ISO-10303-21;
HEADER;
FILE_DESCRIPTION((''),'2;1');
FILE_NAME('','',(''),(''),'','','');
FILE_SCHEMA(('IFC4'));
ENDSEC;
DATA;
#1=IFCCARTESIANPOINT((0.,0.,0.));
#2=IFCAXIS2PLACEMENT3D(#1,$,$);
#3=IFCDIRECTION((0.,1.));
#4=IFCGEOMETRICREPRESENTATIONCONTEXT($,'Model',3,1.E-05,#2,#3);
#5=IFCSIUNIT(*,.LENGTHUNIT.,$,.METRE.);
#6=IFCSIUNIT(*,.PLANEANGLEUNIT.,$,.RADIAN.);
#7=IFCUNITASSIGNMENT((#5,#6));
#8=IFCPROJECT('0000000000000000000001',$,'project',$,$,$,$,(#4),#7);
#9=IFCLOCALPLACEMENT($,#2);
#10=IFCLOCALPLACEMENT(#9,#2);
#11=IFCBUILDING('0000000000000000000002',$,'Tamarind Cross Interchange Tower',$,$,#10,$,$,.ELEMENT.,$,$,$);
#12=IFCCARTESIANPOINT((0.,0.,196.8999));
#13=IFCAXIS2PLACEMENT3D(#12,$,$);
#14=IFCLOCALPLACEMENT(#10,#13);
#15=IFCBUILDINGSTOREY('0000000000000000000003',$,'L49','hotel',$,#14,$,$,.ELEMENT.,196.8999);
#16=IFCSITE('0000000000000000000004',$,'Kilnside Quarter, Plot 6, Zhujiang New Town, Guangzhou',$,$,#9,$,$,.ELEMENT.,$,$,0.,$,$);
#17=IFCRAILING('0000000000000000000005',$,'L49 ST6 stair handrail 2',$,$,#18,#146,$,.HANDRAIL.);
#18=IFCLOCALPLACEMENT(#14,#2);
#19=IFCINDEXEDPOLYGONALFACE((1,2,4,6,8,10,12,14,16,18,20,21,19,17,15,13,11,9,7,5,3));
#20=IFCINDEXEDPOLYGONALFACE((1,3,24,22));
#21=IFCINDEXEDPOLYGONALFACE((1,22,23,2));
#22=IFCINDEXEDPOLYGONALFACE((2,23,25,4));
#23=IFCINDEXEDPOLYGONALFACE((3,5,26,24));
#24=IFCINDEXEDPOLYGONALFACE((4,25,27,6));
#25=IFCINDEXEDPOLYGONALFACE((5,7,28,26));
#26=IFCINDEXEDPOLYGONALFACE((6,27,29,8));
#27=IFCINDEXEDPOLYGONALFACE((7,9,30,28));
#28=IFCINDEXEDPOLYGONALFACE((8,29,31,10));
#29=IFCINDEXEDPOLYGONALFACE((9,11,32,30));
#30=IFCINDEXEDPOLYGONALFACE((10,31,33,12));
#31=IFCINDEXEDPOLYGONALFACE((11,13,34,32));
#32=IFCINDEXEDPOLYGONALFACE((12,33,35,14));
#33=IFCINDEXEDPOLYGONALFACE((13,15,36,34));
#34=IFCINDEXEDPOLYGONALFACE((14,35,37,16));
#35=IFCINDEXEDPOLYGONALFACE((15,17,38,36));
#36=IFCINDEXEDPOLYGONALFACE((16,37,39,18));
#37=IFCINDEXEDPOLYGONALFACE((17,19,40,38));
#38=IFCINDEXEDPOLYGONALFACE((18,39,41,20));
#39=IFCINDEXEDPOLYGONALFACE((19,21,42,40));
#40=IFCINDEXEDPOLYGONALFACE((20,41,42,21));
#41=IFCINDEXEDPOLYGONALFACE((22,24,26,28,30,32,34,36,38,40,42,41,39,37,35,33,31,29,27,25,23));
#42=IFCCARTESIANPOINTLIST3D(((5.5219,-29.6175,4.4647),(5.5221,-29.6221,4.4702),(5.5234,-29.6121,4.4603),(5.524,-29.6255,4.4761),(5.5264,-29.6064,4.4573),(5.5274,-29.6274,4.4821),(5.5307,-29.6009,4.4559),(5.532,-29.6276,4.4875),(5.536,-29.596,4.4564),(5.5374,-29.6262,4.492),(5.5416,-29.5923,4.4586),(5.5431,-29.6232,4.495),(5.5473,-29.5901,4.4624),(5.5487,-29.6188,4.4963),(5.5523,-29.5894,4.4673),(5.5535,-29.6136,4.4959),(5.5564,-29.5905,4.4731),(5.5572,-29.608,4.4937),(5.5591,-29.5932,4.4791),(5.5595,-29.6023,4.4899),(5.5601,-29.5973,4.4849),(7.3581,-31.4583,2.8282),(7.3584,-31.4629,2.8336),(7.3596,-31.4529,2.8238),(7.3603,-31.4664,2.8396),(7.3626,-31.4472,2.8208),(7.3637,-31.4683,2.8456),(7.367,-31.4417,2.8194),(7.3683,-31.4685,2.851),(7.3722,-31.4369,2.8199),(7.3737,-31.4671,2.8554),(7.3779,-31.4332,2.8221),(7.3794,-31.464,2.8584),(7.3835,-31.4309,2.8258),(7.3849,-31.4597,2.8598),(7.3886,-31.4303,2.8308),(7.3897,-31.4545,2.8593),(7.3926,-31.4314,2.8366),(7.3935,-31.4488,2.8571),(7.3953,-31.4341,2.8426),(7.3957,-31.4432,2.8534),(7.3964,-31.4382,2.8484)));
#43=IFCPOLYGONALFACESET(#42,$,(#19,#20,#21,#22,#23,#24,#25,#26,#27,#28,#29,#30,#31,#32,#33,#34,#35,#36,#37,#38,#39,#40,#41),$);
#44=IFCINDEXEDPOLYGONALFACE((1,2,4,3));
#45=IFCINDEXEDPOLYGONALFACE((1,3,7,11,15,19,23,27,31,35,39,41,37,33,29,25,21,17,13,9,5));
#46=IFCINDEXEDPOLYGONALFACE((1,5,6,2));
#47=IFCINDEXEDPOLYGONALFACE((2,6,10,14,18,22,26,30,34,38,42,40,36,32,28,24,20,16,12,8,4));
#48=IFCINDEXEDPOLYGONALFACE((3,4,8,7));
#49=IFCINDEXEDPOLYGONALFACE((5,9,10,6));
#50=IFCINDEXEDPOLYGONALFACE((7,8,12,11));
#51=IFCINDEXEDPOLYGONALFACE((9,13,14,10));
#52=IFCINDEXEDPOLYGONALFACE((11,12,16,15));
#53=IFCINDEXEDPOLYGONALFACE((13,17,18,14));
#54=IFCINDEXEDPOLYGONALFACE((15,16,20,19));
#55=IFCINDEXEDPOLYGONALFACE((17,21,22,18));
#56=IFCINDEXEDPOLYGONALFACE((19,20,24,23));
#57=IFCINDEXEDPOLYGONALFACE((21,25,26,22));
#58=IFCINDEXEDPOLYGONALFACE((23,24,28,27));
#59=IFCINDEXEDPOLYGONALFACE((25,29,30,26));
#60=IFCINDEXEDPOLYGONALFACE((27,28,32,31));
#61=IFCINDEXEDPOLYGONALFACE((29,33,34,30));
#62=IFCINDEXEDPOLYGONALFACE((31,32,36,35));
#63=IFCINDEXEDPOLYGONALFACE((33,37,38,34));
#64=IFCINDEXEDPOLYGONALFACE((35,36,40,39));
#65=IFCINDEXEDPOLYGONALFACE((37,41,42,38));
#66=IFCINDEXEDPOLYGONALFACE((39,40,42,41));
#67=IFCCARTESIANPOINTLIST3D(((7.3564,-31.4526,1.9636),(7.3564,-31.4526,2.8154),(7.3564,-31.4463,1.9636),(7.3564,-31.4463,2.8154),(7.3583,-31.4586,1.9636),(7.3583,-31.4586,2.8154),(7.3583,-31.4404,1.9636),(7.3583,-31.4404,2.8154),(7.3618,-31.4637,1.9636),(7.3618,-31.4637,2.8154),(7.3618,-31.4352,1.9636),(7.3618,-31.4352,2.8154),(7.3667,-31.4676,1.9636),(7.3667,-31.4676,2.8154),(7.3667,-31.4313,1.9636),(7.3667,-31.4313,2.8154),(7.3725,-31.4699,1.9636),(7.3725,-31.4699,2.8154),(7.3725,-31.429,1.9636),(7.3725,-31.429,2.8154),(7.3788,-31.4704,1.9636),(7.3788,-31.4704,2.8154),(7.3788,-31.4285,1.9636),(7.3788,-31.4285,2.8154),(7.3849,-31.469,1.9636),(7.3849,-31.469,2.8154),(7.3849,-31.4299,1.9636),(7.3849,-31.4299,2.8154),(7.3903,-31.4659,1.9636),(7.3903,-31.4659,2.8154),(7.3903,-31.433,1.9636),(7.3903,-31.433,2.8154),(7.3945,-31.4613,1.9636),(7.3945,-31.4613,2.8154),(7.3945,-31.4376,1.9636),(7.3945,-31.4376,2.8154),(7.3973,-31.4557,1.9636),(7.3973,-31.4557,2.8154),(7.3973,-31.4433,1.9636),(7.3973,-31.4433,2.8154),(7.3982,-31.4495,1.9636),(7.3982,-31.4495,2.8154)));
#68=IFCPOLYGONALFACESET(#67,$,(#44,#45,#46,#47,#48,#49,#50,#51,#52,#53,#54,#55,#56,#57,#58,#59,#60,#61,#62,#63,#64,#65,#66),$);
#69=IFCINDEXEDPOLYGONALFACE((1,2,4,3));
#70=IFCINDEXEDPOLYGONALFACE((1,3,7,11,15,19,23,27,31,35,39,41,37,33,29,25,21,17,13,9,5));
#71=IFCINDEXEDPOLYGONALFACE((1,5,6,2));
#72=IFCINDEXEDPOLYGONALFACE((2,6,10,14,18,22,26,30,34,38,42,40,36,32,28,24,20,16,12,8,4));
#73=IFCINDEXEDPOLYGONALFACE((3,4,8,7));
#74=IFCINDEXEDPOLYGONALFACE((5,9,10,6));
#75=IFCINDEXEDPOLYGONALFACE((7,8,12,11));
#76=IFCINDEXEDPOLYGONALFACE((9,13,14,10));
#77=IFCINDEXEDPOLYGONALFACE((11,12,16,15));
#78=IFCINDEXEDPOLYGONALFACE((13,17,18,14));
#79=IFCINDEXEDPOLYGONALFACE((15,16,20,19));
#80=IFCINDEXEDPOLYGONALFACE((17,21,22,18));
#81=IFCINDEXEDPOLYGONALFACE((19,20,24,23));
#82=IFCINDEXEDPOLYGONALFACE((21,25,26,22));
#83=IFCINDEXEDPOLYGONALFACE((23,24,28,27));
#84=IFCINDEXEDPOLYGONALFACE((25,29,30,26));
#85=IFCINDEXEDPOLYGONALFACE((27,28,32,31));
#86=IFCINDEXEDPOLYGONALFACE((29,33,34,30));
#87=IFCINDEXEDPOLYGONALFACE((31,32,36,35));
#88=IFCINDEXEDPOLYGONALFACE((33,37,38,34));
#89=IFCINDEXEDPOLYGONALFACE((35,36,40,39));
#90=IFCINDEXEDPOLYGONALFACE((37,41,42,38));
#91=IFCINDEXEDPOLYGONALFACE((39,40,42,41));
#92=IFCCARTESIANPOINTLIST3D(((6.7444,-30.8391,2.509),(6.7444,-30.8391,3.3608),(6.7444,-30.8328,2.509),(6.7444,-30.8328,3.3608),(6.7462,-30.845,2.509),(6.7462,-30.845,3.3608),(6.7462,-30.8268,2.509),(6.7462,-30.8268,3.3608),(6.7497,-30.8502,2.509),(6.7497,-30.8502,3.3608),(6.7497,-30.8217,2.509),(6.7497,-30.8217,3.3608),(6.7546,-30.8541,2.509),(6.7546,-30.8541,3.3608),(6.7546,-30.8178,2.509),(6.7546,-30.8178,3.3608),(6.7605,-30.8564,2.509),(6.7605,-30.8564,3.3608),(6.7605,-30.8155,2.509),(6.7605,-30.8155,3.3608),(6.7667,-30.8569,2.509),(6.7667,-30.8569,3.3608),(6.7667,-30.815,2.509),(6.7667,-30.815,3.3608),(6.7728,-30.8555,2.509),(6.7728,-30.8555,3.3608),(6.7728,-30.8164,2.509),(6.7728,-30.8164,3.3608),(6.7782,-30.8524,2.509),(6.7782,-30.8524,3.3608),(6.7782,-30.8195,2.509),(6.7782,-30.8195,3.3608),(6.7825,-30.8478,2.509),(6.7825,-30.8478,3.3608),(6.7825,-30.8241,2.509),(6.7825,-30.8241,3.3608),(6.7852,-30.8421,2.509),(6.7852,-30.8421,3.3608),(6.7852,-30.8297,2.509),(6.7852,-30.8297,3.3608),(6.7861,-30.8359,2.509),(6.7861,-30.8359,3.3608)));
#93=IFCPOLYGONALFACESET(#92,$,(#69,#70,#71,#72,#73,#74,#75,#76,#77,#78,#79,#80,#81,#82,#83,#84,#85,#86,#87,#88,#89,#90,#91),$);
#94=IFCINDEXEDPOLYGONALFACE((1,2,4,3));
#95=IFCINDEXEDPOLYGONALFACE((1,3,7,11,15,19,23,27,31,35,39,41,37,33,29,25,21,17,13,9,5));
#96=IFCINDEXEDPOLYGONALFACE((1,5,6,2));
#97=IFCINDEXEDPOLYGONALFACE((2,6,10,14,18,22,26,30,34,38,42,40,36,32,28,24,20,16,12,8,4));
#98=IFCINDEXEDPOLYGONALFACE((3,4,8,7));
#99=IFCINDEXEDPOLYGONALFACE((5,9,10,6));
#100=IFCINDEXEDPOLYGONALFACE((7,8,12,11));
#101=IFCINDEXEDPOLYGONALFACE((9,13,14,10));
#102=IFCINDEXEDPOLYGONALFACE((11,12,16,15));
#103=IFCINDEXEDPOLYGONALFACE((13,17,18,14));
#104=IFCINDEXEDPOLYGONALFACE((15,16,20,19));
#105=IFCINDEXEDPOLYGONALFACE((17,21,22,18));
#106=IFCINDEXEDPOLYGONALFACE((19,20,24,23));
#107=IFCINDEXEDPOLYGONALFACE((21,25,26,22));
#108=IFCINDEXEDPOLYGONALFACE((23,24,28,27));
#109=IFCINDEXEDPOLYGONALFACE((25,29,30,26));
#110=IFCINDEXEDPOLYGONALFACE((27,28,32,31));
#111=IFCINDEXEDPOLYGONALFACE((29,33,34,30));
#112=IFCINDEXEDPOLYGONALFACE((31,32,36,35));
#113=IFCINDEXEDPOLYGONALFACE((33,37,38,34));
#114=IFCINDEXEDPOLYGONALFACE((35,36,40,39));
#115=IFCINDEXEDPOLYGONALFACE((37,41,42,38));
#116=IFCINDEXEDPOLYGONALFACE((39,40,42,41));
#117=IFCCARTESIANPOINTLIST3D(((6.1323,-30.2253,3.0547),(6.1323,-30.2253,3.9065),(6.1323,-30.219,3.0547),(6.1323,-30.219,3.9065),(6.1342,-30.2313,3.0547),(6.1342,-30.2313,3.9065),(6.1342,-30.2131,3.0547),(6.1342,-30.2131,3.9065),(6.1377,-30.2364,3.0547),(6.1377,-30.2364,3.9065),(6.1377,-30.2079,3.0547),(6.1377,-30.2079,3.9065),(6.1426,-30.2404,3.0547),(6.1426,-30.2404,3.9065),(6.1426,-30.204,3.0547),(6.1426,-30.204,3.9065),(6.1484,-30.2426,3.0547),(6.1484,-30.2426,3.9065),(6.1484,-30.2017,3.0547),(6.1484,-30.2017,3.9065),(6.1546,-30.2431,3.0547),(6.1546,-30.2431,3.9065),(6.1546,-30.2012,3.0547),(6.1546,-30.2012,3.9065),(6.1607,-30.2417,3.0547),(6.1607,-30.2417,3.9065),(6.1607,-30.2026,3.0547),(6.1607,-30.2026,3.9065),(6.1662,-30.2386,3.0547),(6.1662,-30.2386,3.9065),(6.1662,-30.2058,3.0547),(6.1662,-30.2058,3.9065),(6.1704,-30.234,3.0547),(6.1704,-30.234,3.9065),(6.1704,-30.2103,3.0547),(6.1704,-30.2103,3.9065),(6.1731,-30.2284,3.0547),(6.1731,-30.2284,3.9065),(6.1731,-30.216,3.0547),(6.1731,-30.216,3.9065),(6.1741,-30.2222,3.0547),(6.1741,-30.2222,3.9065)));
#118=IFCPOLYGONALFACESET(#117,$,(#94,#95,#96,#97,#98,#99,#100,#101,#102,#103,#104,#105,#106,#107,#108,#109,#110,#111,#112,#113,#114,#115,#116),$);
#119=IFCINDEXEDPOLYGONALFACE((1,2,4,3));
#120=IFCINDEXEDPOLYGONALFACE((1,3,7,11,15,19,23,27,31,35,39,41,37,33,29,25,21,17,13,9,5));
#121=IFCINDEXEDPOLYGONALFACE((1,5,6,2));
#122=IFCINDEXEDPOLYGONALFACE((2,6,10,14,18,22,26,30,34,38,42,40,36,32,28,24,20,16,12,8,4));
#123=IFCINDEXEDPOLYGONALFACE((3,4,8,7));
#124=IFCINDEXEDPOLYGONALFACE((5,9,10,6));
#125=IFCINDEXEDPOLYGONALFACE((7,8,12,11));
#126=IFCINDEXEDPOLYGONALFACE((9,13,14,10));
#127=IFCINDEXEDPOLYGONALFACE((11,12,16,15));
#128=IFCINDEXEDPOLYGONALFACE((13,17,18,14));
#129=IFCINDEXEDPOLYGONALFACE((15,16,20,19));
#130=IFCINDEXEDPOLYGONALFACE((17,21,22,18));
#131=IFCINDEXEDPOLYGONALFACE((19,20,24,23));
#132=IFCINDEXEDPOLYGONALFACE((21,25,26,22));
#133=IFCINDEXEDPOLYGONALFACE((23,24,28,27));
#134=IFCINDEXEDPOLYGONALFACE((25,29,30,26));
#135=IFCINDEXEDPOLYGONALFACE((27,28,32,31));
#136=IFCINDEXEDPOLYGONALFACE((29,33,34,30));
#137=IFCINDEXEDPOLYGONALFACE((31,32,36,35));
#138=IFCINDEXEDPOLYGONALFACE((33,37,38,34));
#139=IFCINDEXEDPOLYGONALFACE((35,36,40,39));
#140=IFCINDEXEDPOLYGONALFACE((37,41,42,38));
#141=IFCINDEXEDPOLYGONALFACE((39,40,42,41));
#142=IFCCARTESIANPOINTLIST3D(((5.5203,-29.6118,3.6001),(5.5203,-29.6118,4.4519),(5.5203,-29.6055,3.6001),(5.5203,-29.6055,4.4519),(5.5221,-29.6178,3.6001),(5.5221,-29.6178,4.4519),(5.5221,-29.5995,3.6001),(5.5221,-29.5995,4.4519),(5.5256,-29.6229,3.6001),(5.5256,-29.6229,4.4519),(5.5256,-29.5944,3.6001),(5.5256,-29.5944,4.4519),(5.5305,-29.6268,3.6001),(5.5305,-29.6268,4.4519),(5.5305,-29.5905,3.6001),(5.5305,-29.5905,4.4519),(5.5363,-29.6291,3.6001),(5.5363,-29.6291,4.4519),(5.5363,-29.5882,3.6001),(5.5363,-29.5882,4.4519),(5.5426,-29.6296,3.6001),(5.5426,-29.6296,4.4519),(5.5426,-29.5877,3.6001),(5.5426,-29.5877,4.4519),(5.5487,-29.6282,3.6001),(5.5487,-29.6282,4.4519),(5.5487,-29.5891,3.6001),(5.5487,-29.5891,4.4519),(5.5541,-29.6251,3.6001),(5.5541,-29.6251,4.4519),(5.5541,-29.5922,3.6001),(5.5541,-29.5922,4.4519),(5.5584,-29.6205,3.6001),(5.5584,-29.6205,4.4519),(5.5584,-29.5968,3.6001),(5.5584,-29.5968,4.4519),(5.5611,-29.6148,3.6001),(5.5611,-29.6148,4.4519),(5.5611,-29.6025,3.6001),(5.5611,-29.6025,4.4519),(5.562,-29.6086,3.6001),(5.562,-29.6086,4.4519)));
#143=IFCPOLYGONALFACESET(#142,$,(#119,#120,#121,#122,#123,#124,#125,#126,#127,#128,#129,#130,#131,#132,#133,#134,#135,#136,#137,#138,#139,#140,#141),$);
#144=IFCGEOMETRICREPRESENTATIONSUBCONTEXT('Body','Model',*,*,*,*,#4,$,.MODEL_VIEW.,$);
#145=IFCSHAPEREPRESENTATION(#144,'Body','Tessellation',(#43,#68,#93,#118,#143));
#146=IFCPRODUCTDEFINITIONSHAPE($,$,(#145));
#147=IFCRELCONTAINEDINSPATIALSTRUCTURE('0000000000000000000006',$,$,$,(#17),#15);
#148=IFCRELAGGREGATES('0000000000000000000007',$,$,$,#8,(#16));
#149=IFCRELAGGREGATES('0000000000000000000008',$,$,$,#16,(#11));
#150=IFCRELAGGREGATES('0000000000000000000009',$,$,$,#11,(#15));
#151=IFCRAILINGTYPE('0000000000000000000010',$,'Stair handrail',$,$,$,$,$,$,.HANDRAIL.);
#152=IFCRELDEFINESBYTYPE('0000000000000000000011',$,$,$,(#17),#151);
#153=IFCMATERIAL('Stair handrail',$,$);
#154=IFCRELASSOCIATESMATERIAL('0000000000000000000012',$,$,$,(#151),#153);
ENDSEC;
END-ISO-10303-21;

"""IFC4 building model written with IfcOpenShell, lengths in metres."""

from ifc_helpers import new_model, si_unit, direction, frame, origin, origin_2d, place, context, subcontext, project, spatial, circle, extrude, material, type_object, element, save


model = new_model("IFC4")

# Units and contexts
model_context = context("Model", 3, precision=1e-05, world=origin(), true_north=direction((0.0, 1.0)))
body_context = subcontext(model_context, "Body", "Model", "MODEL_VIEW")
ifc_project = project(units=[si_unit("LENGTHUNIT", "METRE"), si_unit("PLANEANGLEUNIT", "RADIAN")], contexts=[model_context])

# Site, building, storey
site_placement = place(None, origin())
site = spatial("IfcSite", under=ifc_project, at=site_placement, Name="Kilnside Quarter, Plot 6, Zhujiang New Town, Guangzhou", CompositionType="ELEMENT", RefElevation=0.0)
building_placement = place(site_placement, origin())
building = spatial("IfcBuilding", under=site, at=building_placement, Name="Tamarind Cross Interchange Tower", CompositionType="ELEMENT")
storey_placement = place(building_placement, frame((0.0, 0.0, 196.8999)))
storey = spatial("IfcBuildingStorey", under=building, at=storey_placement, Name="L49", Description="hotel", CompositionType="ELEMENT", Elevation=196.8999)

# Railing
ifc_material_1 = material(Name="Stair handrail")
railing_type_1 = type_object("IfcRailingType", Name="Stair handrail", PredefinedType="HANDRAIL", material=ifc_material_1)
railing_1_placement = place(storey_placement, frame((7.3772, -31.4495, 1.9636)))
element("IfcRailing", 1, at=railing_1_placement, inside=storey, type_object=railing_type_1, Name="L49 ST6 stair handrail 2", PredefinedType="HANDRAIL", context=body_context, shape_type="SweptSolid", body=[
    extrude(circle(Radius=0.0239, at=origin_2d()), frame((0.0, 0.0, 0.876), z_axis=(-0.597682, 0.599192, 0.532677), x_axis=(-0.707998, -0.706214, 0.0)), (0.0, 0.0, 1.0), 3.0723),
    extrude(circle(Radius=0.021, at=origin_2d()), origin(), (0.0, 0.0, 1.0), 0.8518),
    extrude(circle(Radius=0.021, at=origin_2d()), frame((-0.6121, 0.6135, 0.5454)), (0.0, 0.0, 1.0), 0.8518),
    extrude(circle(Radius=0.021, at=origin_2d()), frame((-1.2241, 1.2273, 1.0911)), (0.0, 0.0, 1.0), 0.8518),
    extrude(circle(Radius=0.021, at=origin_2d()), frame((-1.8362, 1.8408, 1.6365)), (0.0, 0.0, 1.0), 0.8518),
])

save(model, "model.ifc")
